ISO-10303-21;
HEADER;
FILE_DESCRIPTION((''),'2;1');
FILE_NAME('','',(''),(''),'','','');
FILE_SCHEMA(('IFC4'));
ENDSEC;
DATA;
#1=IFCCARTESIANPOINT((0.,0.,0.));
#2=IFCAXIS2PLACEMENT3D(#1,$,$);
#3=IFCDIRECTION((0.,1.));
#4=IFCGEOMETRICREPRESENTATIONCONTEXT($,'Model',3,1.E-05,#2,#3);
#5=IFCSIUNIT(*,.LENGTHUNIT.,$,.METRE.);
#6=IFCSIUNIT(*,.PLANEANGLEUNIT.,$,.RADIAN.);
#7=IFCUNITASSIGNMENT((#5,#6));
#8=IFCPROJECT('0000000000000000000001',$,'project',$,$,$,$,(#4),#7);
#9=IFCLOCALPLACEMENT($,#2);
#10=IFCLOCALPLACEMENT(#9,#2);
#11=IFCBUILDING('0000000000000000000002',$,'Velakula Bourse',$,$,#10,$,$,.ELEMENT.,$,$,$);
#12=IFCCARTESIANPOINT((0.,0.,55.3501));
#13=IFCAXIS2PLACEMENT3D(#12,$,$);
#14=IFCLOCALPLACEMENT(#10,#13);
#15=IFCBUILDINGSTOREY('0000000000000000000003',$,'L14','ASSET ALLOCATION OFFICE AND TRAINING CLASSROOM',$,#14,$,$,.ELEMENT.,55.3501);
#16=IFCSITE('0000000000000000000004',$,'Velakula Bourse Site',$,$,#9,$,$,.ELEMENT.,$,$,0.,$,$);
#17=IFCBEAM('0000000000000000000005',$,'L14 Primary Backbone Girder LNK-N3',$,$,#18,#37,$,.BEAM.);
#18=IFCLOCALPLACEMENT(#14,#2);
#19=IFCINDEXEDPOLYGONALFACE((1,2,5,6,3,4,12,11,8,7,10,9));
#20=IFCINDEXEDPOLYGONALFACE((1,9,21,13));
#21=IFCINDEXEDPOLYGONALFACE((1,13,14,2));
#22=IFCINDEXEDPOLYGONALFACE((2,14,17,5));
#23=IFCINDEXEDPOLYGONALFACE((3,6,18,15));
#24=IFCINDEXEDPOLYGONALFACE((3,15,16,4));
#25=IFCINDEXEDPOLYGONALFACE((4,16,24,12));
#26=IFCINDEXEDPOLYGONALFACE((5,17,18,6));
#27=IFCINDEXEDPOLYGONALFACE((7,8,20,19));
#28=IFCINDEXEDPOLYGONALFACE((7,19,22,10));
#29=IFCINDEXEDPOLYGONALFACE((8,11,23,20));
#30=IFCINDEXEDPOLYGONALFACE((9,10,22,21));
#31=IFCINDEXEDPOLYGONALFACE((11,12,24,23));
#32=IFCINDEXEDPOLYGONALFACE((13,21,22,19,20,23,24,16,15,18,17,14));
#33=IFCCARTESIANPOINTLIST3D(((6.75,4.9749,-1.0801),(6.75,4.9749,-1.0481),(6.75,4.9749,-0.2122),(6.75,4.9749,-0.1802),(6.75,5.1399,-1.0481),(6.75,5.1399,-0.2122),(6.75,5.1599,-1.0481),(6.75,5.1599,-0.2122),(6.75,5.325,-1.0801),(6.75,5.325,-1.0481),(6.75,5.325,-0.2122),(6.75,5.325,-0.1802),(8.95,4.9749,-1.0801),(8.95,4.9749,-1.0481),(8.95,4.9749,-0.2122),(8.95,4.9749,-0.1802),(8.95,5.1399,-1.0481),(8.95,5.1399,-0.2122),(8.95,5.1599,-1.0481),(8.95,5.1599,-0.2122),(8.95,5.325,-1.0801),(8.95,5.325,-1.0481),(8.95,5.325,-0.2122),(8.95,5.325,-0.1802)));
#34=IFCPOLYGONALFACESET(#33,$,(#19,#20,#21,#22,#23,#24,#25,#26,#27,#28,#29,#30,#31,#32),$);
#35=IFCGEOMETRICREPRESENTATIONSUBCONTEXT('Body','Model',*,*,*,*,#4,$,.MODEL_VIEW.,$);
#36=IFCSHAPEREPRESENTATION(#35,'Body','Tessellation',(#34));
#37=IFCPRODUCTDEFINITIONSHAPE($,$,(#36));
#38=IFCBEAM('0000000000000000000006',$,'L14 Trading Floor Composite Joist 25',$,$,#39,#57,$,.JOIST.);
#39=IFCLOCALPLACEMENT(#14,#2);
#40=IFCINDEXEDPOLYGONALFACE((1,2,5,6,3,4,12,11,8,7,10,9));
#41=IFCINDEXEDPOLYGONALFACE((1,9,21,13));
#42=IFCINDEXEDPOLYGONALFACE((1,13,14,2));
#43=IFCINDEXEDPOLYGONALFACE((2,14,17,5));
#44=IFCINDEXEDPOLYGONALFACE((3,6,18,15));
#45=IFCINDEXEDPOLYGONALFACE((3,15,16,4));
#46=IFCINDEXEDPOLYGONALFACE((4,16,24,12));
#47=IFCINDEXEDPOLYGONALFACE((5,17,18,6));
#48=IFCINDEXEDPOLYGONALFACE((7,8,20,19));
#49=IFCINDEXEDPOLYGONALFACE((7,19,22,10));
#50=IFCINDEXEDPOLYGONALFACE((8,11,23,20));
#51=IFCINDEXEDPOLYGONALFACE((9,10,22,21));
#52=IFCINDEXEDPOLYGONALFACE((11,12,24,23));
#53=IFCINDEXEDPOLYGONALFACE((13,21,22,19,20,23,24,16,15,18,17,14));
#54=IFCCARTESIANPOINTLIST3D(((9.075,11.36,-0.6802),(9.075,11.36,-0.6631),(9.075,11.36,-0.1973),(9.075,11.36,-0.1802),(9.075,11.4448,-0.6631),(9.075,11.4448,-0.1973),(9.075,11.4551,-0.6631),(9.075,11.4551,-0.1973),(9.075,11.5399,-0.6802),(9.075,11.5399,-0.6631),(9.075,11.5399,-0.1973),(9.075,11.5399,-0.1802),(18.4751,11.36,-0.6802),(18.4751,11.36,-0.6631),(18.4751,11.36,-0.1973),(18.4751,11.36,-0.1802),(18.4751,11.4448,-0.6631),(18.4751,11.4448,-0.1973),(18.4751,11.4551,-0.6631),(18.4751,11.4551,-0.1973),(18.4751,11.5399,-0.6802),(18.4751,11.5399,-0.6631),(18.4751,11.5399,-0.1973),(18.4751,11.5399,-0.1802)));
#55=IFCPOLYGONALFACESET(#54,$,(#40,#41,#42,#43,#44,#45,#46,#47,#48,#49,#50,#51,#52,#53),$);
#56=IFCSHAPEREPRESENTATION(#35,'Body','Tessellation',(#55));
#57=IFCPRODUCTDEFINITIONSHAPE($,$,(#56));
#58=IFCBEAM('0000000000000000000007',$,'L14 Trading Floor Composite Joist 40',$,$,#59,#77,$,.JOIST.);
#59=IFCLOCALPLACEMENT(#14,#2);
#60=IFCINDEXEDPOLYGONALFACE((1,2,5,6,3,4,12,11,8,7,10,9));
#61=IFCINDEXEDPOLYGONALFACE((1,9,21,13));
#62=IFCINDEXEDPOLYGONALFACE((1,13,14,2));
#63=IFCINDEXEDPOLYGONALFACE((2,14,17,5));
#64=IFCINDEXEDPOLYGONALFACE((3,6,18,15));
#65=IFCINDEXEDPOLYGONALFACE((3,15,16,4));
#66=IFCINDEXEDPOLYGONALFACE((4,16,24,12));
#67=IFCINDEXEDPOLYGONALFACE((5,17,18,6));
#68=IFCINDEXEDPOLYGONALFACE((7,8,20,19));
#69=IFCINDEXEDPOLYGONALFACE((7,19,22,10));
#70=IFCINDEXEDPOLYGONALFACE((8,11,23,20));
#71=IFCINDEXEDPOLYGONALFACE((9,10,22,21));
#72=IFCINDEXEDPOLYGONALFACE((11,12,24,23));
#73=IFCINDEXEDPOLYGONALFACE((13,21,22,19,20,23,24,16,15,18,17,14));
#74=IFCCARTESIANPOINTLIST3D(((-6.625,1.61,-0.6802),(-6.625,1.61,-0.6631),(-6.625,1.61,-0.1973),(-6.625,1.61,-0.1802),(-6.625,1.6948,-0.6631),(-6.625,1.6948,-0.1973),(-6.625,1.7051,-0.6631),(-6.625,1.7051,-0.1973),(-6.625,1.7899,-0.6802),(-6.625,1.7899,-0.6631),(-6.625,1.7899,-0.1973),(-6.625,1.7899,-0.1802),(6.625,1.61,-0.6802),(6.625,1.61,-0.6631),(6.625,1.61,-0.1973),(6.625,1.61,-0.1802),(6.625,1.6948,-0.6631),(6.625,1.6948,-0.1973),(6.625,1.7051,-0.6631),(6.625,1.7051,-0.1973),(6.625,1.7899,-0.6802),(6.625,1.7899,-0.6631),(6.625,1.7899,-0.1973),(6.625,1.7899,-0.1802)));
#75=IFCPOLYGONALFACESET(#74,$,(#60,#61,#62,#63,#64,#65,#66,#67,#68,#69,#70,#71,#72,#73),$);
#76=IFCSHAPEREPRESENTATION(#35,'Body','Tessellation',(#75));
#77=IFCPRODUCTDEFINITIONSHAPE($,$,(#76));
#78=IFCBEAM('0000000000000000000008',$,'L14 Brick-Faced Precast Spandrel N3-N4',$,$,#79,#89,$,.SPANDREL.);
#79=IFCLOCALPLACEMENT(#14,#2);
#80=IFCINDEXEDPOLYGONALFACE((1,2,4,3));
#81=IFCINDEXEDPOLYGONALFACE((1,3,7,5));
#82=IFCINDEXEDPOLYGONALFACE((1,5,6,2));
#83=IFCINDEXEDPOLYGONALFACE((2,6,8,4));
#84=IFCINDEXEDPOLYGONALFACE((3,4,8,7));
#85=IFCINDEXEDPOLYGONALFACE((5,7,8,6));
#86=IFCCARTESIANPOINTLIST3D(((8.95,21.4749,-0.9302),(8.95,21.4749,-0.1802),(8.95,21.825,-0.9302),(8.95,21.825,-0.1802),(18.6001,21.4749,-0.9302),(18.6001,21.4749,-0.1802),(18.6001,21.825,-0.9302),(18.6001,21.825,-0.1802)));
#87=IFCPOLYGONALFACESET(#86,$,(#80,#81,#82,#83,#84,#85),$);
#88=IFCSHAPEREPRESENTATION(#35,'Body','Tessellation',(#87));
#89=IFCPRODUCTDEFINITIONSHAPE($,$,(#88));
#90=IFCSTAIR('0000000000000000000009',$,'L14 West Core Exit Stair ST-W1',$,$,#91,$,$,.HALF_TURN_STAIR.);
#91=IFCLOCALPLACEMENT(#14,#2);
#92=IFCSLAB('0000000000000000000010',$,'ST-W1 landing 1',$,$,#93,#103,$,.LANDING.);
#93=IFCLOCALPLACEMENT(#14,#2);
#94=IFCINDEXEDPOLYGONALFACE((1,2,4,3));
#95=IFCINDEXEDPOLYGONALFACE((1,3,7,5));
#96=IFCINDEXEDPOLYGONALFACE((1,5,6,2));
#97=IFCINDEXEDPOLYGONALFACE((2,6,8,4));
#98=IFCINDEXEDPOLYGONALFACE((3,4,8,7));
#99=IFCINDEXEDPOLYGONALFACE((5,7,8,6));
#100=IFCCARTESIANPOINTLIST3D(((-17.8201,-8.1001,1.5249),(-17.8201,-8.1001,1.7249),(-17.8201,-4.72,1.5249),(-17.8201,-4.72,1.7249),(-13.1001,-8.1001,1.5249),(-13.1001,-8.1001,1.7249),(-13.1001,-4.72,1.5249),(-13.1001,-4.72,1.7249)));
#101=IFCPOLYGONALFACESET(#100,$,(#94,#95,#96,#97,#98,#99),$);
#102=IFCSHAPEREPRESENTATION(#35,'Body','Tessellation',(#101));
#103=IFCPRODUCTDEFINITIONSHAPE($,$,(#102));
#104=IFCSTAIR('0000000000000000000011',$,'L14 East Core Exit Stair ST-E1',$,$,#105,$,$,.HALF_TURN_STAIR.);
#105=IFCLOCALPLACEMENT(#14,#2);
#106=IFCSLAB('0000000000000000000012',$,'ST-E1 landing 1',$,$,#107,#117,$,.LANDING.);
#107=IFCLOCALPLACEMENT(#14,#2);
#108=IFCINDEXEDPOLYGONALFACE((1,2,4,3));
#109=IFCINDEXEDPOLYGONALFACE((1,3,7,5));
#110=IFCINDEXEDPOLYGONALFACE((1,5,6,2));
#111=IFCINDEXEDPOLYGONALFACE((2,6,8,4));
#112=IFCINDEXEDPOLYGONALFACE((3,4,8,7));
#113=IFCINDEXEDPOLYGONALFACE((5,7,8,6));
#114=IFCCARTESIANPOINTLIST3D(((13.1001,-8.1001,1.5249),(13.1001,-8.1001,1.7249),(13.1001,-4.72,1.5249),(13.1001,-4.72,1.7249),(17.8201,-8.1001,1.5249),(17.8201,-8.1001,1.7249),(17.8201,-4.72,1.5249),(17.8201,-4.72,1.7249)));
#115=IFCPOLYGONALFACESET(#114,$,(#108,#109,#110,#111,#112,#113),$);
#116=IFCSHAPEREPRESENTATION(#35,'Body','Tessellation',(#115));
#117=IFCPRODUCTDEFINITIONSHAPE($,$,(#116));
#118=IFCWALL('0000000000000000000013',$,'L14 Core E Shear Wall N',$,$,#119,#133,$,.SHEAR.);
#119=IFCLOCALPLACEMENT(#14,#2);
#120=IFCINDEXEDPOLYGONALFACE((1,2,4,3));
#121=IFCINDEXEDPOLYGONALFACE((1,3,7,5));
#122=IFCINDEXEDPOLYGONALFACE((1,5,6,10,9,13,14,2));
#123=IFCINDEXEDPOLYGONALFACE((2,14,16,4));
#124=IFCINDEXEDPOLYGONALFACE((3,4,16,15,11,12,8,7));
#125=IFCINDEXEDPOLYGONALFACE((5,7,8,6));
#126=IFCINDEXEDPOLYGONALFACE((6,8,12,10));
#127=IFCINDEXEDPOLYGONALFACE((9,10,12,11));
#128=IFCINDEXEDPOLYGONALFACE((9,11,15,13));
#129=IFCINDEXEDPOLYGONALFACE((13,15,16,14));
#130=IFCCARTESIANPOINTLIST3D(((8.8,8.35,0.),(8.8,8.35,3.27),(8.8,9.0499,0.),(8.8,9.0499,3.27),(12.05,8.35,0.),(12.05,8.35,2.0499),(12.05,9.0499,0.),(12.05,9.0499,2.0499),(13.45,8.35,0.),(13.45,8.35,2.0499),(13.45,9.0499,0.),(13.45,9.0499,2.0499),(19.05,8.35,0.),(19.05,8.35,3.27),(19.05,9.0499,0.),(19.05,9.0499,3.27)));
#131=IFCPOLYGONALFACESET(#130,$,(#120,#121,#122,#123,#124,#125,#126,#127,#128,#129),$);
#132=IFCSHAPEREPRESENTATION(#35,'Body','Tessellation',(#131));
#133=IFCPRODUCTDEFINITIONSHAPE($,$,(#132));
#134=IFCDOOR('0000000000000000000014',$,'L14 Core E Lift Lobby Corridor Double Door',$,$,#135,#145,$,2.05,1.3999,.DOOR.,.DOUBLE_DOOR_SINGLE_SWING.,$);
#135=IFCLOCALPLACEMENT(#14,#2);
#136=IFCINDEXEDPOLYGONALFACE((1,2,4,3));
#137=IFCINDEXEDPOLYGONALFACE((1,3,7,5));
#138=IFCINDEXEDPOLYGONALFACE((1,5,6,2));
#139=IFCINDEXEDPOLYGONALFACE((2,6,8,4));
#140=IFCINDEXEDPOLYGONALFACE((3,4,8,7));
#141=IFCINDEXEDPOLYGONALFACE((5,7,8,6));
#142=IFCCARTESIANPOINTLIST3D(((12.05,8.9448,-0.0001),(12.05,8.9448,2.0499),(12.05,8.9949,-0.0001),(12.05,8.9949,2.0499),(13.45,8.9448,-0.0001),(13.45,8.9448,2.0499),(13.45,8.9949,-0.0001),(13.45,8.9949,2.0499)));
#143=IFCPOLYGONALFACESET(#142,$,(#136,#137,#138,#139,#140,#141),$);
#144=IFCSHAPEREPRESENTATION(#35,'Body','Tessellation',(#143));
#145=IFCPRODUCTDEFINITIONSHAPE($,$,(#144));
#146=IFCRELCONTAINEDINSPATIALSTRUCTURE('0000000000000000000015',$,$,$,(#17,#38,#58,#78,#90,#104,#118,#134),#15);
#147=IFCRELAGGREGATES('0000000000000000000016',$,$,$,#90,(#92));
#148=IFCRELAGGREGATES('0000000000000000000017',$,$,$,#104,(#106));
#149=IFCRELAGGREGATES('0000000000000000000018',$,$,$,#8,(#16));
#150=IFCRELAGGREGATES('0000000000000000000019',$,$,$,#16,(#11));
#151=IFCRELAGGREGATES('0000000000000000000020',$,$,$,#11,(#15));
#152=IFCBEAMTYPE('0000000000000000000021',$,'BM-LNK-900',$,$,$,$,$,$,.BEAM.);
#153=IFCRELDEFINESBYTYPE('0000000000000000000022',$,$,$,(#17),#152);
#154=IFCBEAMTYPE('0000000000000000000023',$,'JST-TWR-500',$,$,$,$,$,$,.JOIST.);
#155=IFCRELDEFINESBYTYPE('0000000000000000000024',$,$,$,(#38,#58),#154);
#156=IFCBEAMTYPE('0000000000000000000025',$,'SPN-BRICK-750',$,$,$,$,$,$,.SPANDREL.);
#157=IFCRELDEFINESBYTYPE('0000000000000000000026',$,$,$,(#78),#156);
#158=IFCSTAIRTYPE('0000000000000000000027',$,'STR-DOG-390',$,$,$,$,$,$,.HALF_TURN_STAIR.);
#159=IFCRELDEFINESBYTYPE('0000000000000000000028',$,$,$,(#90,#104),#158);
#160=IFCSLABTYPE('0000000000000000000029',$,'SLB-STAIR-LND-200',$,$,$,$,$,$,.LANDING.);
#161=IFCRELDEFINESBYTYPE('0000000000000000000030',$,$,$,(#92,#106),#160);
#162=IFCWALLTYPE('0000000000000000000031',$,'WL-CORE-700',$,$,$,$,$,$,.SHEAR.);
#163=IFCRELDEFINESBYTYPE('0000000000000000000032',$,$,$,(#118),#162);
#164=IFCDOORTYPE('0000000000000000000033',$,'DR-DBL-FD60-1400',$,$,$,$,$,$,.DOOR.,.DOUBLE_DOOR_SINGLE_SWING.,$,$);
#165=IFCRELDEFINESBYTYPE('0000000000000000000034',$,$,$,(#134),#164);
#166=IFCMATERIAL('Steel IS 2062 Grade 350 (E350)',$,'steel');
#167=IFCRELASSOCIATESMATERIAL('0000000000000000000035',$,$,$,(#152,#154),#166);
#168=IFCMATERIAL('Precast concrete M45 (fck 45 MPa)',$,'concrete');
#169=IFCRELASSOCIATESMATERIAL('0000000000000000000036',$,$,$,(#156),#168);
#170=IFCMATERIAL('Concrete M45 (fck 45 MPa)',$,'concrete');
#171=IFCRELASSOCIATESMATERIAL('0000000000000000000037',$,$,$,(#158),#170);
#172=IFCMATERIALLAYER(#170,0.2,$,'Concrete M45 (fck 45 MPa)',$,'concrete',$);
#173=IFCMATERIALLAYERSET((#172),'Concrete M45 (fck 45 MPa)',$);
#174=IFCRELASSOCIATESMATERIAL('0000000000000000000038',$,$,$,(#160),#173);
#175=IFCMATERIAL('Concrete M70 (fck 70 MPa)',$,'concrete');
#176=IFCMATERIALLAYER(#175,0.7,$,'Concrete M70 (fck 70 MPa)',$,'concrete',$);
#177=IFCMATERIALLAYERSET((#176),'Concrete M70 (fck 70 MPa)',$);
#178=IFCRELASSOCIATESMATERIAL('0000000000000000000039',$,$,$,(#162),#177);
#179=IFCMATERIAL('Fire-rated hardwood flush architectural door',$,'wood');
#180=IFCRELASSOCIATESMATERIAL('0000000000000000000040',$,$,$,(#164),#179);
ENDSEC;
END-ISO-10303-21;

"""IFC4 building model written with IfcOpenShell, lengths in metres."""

from ifc_helpers import new_model, si_unit, direction, frame, frame_2d, origin, origin_2d, place, context, subcontext, project, spatial, polyline, rectangle, i_section, outline, extrude, material, layer, layer_set, material_profile, profile_set, type_object, element, fill, aggregate, save


model = new_model("IFC4")

# Units and contexts
model_context = context("Model", 3, precision=1e-05, world=origin(), true_north=direction((0.0, 1.0)))
body_context = subcontext(model_context, "Body", "Model", "MODEL_VIEW")
ifc_project = project(units=[si_unit("LENGTHUNIT", "METRE"), si_unit("PLANEANGLEUNIT", "RADIAN")], contexts=[model_context])

# Site, building, storey
site_placement = place(None, origin())
site = spatial("IfcSite", under=ifc_project, at=site_placement, Name="Velakula Bourse Site", CompositionType="ELEMENT", RefElevation=0.0)
building_placement = place(site_placement, origin())
building = spatial("IfcBuilding", under=site, at=building_placement, Name="Velakula Bourse", CompositionType="ELEMENT")
storey_placement = place(building_placement, frame((0.0, 0.0, 55.3501)))
storey = spatial("IfcBuildingStorey", under=building, at=storey_placement, Name="L14", Description="ASSET ALLOCATION OFFICE AND TRAINING CLASSROOM", CompositionType="ELEMENT", Elevation=55.3501)

# Shared definitions
ifc_material_1 = material(Name="Concrete M70 (fck 70 MPa)", Category="concrete")

# Beams
ifc_material_2 = material(Name="Steel IS 2062 Grade 350 (E350)", Category="steel")
ifc_material_profile_1 = material_profile(ifc_material_2, i_section(OverallWidth=0.3501, OverallDepth=0.8999, WebThickness=0.02, FlangeThickness=0.032, at=origin_2d()), Name="Steel IS 2062 Grade 350 (E350)")
ifc_profile_set_1 = profile_set([ifc_material_profile_1], Name="Steel IS 2062 Grade 350 (E350)")
beam_type_1 = type_object("IfcBeamType", Name="BM-LNK-900", PredefinedType="BEAM", material=ifc_profile_set_1)
beam_1_placement = place(storey_placement, frame((6.75, 5.1499, -0.6301), z_axis=(1.0, 0.0, 0.0), x_axis=(0.0, 1.0, 0.0)))
element("IfcBeam", 1, at=beam_1_placement, inside=storey, type_object=beam_type_1, Name="L14 Primary Backbone Girder LNK-N3", PredefinedType="BEAM", context=body_context, shape_type="SweptSolid", body=[
    extrude(i_section(OverallWidth=0.3501, OverallDepth=0.8999, WebThickness=0.02, FlangeThickness=0.032, at=origin_2d()), origin(), (0.0, 0.0, 1.0), 2.2),
])
ifc_material_profile_2 = material_profile(ifc_material_2, i_section(OverallWidth=0.1799, OverallDepth=0.5, WebThickness=0.0103, FlangeThickness=0.0171, at=origin_2d()), Name="Steel IS 2062 Grade 350 (E350)")
ifc_profile_set_2 = profile_set([ifc_material_profile_2], Name="Steel IS 2062 Grade 350 (E350)")
beam_type_2 = type_object("IfcBeamType", Name="JST-TWR-500", PredefinedType="JOIST", material=ifc_profile_set_2)
beam_2_placement = place(storey_placement, frame((9.075, 11.45, -0.4302), z_axis=(1.0, 0.0, 0.0), x_axis=(0.0, 1.0, 0.0)))
element("IfcBeam", 2, at=beam_2_placement, inside=storey, type_object=beam_type_2, Name="L14 Trading Floor Composite Joist 25", PredefinedType="JOIST", context=body_context, shape_type="SweptSolid", body=[
    extrude(i_section(OverallWidth=0.1799, OverallDepth=0.5, WebThickness=0.0103, FlangeThickness=0.0171, at=origin_2d()), origin(), (0.0, 0.0, 1.0), 9.4001),
])
beam_3_placement = place(storey_placement, frame((-6.625, 1.7, -0.4302), z_axis=(1.0, 0.0, 0.0), x_axis=(0.0, 1.0, 0.0)))
element("IfcBeam", 3, at=beam_3_placement, inside=storey, type_object=beam_type_2, Name="L14 Trading Floor Composite Joist 40", PredefinedType="JOIST", context=body_context, shape_type="SweptSolid", body=[
    extrude(i_section(OverallWidth=0.1799, OverallDepth=0.5, WebThickness=0.0103, FlangeThickness=0.0171, at=origin_2d()), origin(), (0.0, 0.0, 1.0), 13.25),
])
ifc_material_3 = material(Name="Precast concrete M45 (fck 45 MPa)", Category="concrete")
ifc_material_profile_3 = material_profile(ifc_material_3, rectangle(XDim=0.3501, YDim=0.75, at=origin_2d()), Name="Precast concrete M45 (fck 45 MPa)")
ifc_profile_set_3 = profile_set([ifc_material_profile_3], Name="Precast concrete M45 (fck 45 MPa)")
beam_type_3 = type_object("IfcBeamType", Name="SPN-BRICK-750", PredefinedType="SPANDREL", material=ifc_profile_set_3)
beam_4_placement = place(storey_placement, frame((8.95, 21.6499, -0.5552), z_axis=(1.0, 0.0, 0.0), x_axis=(0.0, 1.0, 0.0)))
element("IfcBeam", 4, at=beam_4_placement, inside=storey, type_object=beam_type_3, Name="L14 Brick-Faced Precast Spandrel N3-N4", PredefinedType="SPANDREL", context=body_context, shape_type="SweptSolid", body=[
    extrude(rectangle(XDim=0.3501, YDim=0.75, at=origin_2d()), origin(), (0.0, 0.0, 1.0), 9.6501),
])

# Stairs, slabs
ifc_material_4 = material(Name="Concrete M45 (fck 45 MPa)", Category="concrete")
stair_type = type_object("IfcStairType", Name="STR-DOG-390", PredefinedType="HALF_TURN_STAIR", material=ifc_material_4)
stair_1_placement = place(storey_placement, origin())
stair_1 = element("IfcStair", 5, at=stair_1_placement, inside=storey, type_object=stair_type, Name="L14 West Core Exit Stair ST-W1", PredefinedType="HALF_TURN_STAIR")
ifc_layer_1 = layer(ifc_material_4, 0.2, Name="Concrete M45 (fck 45 MPa)", Category="concrete")
ifc_layer_set_1 = layer_set([ifc_layer_1], Name="Concrete M45 (fck 45 MPa)")
slab_type = type_object("IfcSlabType", Name="SLB-STAIR-LND-200", PredefinedType="LANDING", material=ifc_layer_set_1)
slab_1_placement = place(storey_placement, frame((0.0, 0.0, 1.5249)))
slab_1 = element("IfcSlab", 6, at=slab_1_placement, type_object=slab_type, Name="ST-W1 landing 1", PredefinedType="LANDING", context=body_context, shape_type="SweptSolid", body=[
    extrude(outline(polyline([(-17.8201, -4.72), (-17.8201, -8.1001), (-13.1001, -8.1001), (-13.1001, -4.72), (-17.8201, -4.72)])), origin(), (0.0, 0.0, 1.0), 0.2),
])
aggregate(stair_1, [slab_1])
stair_2_placement = place(storey_placement, origin())
stair_2 = element("IfcStair", 7, at=stair_2_placement, inside=storey, type_object=stair_type, Name="L14 East Core Exit Stair ST-E1", PredefinedType="HALF_TURN_STAIR")
slab_2_placement = place(storey_placement, frame((0.0, 0.0, 1.5249)))
slab_2 = element("IfcSlab", 8, at=slab_2_placement, type_object=slab_type, Name="ST-E1 landing 1", PredefinedType="LANDING", context=body_context, shape_type="SweptSolid", body=[
    extrude(outline(polyline([(13.1001, -4.72), (13.1001, -8.1001), (17.8201, -8.1001), (17.8201, -4.72), (13.1001, -4.72)])), origin(), (0.0, 0.0, 1.0), 0.2),
])
aggregate(stair_2, [slab_2])

# Wall, opening, door
ifc_layer_2 = layer(ifc_material_1, 0.7, Name="Concrete M70 (fck 70 MPa)", Category="concrete")
ifc_layer_set_2 = layer_set([ifc_layer_2], Name="Concrete M70 (fck 70 MPa)")
wall_type_1 = type_object("IfcWallType", Name="WL-CORE-700", PredefinedType="SHEAR", material=ifc_layer_set_2)
wall_1_placement = place(storey_placement, frame((8.8, 8.7, 0.0), z_axis=(0.0, 0.0, 1.0), x_axis=(1.0, 0.0, 0.0)))
wall_1 = element("IfcWall", 9, at=wall_1_placement, inside=storey, type_object=wall_type_1, Name="L14 Core E Shear Wall N", PredefinedType="SHEAR", context=body_context, shape_type="SweptSolid", body=[
    extrude(rectangle(XDim=10.25, YDim=0.7, at=frame_2d((5.125, 0.0))), origin(), (0.0, 0.0, 1.0), 3.27),
])
opening_1_placement = place(wall_1_placement, frame((3.25, 0.0, 0.0)))
opening_1 = element("IfcOpeningElement", 10, at=opening_1_placement, cuts=wall_1, PredefinedType="OPENING", context=body_context, shape_type="SweptSolid", body=[
    extrude(rectangle(XDim=1.3999, YDim=2.05, at=frame_2d((0.7, 1.0249))), frame((0.0, 0.3599, 0.0), z_axis=(0.0, -1.0, 0.0), x_axis=(1.0, 0.0, 0.0)), (0.0, 0.0, 1.0), 0.72),
])
ifc_material_5 = material(Name="Fire-rated hardwood flush architectural door", Category="wood")
door_type_1 = type_object("IfcDoorType", Name="DR-DBL-FD60-1400", OperationType="DOUBLE_DOOR_SINGLE_SWING", PredefinedType="DOOR", material=ifc_material_5)
door_1_placement = place(opening_1_placement, origin())
door_1 = element("IfcDoor", 11, at=door_1_placement, inside=storey, type_object=door_type_1, Name="L14 Core E Lift Lobby Corridor Double Door", OperationType="DOUBLE_DOOR_SINGLE_SWING", OverallHeight=2.05, OverallWidth=1.3999, PredefinedType="DOOR", context=body_context, shape_type="SweptSolid", body=[
    extrude(rectangle(XDim=1.3999, YDim=2.05, at=frame_2d((0.7, 1.0249))), frame((0.0, 0.2949, 0.0), z_axis=(0.0, -1.0, 0.0), x_axis=(1.0, 0.0, 0.0)), (0.0, 0.0, 1.0), 0.05),
])
fill(opening_1, door_1)

save(model, "model.ifc")
